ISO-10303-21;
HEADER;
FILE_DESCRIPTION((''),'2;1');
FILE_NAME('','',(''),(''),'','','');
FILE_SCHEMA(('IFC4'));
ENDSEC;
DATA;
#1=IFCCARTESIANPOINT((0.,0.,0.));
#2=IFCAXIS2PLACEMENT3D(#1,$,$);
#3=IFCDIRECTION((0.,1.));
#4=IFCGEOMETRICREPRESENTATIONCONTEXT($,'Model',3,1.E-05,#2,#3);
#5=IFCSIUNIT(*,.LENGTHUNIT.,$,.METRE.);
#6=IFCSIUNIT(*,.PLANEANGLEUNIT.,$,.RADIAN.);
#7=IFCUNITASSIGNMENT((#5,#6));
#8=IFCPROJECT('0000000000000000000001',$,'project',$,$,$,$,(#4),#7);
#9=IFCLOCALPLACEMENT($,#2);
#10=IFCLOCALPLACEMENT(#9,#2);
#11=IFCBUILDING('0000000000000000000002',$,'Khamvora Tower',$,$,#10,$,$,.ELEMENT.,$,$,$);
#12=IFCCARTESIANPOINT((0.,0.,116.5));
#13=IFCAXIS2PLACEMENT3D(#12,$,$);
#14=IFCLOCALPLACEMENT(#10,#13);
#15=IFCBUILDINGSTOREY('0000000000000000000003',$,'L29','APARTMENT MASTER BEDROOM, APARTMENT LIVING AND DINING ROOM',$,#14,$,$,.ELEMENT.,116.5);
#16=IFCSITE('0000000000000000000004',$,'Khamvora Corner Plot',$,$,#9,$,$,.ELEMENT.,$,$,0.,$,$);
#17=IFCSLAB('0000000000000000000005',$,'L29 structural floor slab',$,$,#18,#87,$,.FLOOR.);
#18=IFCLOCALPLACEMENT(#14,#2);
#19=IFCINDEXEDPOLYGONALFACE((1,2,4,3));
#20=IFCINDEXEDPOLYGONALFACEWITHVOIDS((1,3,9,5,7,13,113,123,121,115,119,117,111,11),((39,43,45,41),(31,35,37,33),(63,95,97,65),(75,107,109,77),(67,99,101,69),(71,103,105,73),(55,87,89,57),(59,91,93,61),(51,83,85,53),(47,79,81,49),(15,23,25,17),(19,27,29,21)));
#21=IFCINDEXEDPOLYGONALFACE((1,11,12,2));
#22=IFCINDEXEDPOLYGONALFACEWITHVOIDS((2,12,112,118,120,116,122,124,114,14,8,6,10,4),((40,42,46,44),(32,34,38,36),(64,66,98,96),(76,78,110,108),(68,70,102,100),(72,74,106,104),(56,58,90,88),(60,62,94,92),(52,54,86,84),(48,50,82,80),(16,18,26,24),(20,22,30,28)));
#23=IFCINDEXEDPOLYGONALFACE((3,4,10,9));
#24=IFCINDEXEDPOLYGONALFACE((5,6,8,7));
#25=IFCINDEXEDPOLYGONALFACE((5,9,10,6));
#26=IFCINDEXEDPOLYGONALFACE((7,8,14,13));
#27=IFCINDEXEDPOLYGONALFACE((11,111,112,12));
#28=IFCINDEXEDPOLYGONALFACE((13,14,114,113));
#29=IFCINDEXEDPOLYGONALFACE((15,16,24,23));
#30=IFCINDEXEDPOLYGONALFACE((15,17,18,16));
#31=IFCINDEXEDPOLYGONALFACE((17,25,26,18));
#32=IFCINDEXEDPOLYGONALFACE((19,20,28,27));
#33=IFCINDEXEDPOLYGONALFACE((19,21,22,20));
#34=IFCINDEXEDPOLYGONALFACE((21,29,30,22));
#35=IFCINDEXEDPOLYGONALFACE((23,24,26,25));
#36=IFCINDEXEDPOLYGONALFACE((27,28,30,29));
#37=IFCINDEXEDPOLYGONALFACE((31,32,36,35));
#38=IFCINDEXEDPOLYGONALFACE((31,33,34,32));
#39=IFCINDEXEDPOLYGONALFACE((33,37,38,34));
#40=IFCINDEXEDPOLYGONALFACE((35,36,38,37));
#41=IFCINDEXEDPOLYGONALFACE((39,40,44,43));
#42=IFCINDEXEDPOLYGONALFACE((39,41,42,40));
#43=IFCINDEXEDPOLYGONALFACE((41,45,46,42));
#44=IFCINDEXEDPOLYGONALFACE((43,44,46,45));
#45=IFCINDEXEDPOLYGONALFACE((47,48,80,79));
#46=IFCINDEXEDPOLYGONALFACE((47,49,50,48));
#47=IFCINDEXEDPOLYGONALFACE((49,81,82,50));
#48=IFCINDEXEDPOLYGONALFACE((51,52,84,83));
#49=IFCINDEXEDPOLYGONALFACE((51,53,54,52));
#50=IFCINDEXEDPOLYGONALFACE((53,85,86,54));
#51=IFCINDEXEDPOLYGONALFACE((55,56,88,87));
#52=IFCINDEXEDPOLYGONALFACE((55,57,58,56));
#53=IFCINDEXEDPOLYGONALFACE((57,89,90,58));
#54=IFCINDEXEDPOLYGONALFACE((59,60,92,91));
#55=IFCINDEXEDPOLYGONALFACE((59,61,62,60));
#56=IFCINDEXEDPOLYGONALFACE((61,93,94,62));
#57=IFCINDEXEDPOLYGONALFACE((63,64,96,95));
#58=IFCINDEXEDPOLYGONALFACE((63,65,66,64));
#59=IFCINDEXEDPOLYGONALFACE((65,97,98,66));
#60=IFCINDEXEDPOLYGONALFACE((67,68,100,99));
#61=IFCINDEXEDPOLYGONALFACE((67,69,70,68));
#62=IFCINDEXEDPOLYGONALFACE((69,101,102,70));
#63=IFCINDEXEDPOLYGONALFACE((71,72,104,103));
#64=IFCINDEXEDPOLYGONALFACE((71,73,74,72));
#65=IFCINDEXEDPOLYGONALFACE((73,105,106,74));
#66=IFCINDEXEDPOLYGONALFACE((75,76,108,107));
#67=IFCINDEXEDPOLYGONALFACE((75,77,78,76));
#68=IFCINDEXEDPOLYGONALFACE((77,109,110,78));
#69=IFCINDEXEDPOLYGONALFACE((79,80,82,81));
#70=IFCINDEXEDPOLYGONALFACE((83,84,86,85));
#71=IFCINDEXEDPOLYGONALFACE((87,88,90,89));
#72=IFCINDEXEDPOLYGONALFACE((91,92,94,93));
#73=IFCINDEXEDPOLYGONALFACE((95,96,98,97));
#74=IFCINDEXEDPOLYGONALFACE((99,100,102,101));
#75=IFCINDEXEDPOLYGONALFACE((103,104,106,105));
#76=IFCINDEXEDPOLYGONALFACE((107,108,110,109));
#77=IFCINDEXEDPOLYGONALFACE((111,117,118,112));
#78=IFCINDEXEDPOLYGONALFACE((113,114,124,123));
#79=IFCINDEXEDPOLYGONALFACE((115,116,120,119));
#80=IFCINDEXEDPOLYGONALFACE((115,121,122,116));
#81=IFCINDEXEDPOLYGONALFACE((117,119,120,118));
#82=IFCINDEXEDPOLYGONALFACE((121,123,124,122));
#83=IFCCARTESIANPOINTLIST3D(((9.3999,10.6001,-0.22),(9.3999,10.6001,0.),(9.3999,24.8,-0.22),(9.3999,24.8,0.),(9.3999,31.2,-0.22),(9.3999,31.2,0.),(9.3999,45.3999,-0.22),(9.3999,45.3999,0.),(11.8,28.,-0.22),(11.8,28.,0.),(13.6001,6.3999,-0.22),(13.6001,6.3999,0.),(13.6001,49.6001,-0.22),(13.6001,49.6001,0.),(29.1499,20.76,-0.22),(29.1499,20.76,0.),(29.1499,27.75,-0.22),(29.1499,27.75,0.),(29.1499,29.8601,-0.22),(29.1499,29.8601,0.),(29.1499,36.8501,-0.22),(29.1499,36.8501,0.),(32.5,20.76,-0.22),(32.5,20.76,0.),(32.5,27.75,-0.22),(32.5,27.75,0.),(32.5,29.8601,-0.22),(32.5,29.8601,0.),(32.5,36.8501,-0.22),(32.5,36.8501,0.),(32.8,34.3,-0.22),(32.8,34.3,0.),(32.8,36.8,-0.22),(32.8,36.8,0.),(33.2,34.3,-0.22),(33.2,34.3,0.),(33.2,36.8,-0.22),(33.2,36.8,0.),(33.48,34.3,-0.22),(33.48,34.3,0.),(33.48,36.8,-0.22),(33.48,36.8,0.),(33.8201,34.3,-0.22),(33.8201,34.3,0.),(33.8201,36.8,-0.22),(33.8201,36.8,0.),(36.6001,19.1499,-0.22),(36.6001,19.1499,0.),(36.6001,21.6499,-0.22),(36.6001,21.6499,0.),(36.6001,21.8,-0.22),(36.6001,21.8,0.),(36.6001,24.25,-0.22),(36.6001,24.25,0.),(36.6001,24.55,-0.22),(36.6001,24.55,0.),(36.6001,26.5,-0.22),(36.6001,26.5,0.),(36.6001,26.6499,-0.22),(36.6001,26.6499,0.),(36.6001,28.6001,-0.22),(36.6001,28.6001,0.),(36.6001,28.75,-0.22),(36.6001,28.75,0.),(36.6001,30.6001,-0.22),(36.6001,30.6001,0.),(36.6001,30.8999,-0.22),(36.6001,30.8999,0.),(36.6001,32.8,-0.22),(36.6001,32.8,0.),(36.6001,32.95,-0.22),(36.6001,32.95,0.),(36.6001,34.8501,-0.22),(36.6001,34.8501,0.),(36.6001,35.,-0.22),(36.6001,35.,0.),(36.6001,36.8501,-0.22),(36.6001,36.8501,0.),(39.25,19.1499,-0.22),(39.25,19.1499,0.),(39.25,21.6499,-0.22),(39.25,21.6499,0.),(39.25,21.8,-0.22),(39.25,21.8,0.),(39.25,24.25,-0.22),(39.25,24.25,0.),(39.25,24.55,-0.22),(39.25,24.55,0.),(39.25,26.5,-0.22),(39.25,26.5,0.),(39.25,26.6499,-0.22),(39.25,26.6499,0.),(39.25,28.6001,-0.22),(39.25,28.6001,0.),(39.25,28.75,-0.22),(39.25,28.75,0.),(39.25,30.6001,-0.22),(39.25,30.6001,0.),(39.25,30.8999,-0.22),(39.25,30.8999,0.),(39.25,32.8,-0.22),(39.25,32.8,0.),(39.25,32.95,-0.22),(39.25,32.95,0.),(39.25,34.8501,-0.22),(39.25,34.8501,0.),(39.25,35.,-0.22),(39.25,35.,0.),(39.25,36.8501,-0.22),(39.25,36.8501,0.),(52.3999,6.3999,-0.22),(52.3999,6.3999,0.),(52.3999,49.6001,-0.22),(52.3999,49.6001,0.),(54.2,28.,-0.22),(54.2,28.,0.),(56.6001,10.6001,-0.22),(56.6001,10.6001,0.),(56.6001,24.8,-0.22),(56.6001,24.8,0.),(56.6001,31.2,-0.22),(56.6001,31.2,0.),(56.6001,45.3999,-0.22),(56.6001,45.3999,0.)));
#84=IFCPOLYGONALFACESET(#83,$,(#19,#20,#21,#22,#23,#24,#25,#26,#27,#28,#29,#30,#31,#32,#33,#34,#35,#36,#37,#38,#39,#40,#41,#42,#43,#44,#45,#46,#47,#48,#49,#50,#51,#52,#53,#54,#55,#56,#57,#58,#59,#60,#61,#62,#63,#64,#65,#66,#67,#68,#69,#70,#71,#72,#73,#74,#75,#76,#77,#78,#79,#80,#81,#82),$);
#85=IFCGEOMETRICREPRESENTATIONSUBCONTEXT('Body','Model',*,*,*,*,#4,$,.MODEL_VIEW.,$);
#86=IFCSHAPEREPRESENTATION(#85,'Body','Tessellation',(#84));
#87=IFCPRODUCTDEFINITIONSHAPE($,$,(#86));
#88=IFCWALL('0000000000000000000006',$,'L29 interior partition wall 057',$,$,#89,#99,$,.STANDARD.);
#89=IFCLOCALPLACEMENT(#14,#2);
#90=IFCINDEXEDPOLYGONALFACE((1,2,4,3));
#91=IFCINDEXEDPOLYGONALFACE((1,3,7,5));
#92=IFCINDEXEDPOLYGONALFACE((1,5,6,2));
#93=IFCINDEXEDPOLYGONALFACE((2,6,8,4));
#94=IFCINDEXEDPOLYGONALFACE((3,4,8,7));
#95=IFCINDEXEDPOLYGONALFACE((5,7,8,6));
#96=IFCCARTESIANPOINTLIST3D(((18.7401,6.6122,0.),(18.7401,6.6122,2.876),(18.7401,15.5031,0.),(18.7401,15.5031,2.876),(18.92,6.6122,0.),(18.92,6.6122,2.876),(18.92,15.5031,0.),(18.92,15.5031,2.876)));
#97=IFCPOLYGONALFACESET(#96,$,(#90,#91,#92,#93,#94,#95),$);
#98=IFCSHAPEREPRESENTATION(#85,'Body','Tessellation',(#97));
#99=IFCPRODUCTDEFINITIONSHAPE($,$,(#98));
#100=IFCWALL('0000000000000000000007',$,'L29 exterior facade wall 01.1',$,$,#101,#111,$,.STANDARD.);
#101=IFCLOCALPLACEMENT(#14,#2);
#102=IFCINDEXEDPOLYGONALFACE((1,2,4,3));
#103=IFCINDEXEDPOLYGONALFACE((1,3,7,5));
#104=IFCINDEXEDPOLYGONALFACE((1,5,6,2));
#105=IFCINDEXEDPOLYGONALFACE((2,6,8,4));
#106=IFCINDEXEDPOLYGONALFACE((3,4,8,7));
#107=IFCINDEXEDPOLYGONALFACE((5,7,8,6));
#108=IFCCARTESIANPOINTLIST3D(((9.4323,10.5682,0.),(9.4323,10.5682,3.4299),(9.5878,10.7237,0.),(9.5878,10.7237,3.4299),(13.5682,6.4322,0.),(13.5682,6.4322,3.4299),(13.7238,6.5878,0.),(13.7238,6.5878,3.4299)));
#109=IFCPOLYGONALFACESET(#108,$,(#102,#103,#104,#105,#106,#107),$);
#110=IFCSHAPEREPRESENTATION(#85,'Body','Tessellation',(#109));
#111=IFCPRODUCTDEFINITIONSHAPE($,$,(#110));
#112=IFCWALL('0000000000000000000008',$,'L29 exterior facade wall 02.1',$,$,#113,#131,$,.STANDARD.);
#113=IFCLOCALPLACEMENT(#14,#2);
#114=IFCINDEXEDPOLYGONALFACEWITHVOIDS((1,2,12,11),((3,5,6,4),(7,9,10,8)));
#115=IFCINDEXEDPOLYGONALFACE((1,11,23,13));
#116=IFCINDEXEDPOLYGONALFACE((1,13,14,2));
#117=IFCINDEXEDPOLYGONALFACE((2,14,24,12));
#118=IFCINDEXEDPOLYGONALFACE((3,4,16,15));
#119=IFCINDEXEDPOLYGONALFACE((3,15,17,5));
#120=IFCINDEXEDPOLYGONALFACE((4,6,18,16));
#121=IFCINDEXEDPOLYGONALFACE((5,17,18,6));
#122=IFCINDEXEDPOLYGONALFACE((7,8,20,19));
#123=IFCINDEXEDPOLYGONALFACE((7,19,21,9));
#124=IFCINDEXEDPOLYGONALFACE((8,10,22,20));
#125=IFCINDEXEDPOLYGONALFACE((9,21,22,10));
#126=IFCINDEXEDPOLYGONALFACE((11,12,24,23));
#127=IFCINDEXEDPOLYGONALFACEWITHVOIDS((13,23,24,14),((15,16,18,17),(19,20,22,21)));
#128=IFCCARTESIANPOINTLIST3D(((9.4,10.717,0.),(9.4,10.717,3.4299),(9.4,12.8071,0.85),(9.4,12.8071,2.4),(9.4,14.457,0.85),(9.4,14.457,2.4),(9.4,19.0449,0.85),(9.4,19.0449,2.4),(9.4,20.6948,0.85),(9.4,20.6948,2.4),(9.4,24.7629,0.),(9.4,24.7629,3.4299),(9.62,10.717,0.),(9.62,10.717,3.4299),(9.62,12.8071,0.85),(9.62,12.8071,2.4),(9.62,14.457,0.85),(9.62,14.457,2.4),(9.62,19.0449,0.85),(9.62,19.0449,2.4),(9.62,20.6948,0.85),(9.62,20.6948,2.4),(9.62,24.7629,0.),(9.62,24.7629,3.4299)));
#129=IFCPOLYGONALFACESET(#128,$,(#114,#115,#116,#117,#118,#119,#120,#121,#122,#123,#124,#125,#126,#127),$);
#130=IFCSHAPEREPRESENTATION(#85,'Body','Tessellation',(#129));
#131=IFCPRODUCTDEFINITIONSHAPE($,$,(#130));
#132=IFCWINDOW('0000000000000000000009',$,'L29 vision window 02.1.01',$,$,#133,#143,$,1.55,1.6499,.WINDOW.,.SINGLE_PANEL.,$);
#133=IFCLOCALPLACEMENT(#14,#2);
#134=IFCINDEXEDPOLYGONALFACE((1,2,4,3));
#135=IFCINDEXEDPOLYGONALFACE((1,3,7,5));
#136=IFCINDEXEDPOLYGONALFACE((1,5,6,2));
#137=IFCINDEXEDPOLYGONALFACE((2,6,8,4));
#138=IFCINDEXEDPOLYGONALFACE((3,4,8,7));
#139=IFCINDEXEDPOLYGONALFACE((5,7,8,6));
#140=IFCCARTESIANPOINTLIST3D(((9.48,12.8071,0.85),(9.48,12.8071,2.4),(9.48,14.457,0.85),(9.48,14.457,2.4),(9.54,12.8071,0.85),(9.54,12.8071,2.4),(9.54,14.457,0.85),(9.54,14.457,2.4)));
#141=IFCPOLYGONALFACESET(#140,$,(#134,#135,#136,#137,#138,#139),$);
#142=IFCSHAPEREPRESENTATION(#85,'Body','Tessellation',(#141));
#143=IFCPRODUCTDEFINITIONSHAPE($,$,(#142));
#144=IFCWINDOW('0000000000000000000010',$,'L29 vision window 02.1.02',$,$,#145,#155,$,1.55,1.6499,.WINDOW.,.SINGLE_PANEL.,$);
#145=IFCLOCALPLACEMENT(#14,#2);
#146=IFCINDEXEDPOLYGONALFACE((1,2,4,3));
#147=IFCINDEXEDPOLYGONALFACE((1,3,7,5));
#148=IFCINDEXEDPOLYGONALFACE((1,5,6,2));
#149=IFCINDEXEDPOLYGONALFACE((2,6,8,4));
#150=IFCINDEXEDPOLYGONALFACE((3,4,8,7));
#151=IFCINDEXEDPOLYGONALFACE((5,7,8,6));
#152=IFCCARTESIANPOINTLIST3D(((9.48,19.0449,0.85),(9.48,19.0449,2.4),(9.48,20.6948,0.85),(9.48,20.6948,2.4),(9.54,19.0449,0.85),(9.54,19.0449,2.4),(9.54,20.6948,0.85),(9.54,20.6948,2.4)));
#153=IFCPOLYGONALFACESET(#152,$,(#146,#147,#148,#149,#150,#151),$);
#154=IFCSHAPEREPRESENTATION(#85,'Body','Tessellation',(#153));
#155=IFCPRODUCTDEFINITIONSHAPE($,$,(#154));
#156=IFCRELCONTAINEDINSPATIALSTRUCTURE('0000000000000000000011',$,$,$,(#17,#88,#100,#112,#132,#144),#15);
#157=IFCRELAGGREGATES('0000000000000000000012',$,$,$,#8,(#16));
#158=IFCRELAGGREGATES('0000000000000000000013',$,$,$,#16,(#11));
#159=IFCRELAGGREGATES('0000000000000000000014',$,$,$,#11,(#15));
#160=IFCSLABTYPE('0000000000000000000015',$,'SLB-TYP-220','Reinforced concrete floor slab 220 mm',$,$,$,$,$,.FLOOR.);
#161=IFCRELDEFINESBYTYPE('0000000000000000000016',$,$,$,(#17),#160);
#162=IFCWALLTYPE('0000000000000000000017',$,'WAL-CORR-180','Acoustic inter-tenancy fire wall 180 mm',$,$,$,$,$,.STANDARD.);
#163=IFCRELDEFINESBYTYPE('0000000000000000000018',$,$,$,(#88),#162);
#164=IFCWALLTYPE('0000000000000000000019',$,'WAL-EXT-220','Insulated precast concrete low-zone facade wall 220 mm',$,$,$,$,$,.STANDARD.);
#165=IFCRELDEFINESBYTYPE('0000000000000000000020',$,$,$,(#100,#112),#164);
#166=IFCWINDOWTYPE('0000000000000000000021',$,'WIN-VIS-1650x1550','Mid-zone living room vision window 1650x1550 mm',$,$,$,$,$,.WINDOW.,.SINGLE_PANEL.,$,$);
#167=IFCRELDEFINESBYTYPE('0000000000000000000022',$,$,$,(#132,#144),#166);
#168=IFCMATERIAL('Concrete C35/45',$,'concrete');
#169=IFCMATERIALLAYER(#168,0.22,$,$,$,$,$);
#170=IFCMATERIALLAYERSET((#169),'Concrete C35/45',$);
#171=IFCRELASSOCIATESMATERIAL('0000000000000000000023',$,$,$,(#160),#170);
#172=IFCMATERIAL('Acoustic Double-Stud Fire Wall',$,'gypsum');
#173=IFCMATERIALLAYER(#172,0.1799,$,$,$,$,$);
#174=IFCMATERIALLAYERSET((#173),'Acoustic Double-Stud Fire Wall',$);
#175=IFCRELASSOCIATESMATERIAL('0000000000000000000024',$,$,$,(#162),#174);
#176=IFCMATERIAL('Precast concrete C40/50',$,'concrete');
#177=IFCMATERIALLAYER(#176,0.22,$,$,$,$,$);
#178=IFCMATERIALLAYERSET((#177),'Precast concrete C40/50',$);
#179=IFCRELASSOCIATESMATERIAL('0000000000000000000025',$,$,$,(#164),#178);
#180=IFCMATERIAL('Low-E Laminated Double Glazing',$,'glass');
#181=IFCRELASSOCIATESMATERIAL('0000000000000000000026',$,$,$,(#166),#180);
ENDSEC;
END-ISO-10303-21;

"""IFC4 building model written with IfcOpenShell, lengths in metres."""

from ifc_helpers import new_model, si_unit, direction, frame, frame_2d, origin, place, context, subcontext, project, spatial, polyline, rectangle, outline, extrude, material, layer, layer_set, type_object, element, fill, save


model = new_model("IFC4")

# Units and contexts
model_context = context("Model", 3, precision=1e-05, world=origin(), true_north=direction((0.0, 1.0)))
body_context = subcontext(model_context, "Body", "Model", "MODEL_VIEW")
ifc_project = project(units=[si_unit("LENGTHUNIT", "METRE"), si_unit("PLANEANGLEUNIT", "RADIAN")], contexts=[model_context])

# Site, building, storey
site_placement = place(None, origin())
site = spatial("IfcSite", under=ifc_project, at=site_placement, Name="Khamvora Corner Plot", CompositionType="ELEMENT", RefElevation=0.0)
building_placement = place(site_placement, origin())
building = spatial("IfcBuilding", under=site, at=building_placement, Name="Khamvora Tower", CompositionType="ELEMENT")
storey_placement = place(building_placement, frame((0.0, 0.0, 116.5)))
storey = spatial("IfcBuildingStorey", under=building, at=storey_placement, Name="L29", Description="APARTMENT MASTER BEDROOM, APARTMENT LIVING AND DINING ROOM", CompositionType="ELEMENT", Elevation=116.5)

# Slab
ifc_material_1 = material(Name="Concrete C35/45", Category="concrete")
ifc_layer_1 = layer(ifc_material_1, 0.22)
ifc_layer_set_1 = layer_set([ifc_layer_1], Name="Concrete C35/45")
slab_type_1 = type_object("IfcSlabType", Name="SLB-TYP-220", Description="Reinforced concrete floor slab 220 mm", PredefinedType="FLOOR", material=ifc_layer_set_1)
slab_1_placement = place(storey_placement, frame((0.0, 0.0, -0.22)))
element("IfcSlab", 1, at=slab_1_placement, inside=storey, type_object=slab_type_1, Name="L29 structural floor slab", PredefinedType="FLOOR", context=body_context, shape_type="SweptSolid", body=[
    extrude(outline(polyline([(13.6001, 6.3999), (52.3999, 6.3999), (56.6001, 10.6001), (56.6001, 24.8), (54.2, 28.0), (56.6001, 31.2), (56.6001, 45.3999), (52.3999, 49.6001), (13.6001, 49.6001), (9.3999, 45.3999), (9.3999, 31.2), (11.8, 28.0), (9.3999, 24.8), (9.3999, 10.6001), (13.6001, 6.3999)]), holes=[polyline([(32.5, 20.76), (32.5, 27.75), (29.1499, 27.75), (29.1499, 20.76), (32.5, 20.76)]), polyline([(32.5, 29.8601), (32.5, 36.8501), (29.1499, 36.8501), (29.1499, 29.8601), (32.5, 29.8601)]), polyline([(36.6001, 19.1499), (39.25, 19.1499), (39.25, 21.6499), (36.6001, 21.6499), (36.6001, 19.1499)]), polyline([(36.6001, 21.8), (39.25, 21.8), (39.25, 24.25), (36.6001, 24.25), (36.6001, 21.8)]), polyline([(36.6001, 24.55), (39.25, 24.55), (39.25, 26.5), (36.6001, 26.5), (36.6001, 24.55)]), polyline([(36.6001, 26.6499), (39.25, 26.6499), (39.25, 28.6001), (36.6001, 28.6001), (36.6001, 26.6499)]), polyline([(36.6001, 28.75), (39.25, 28.75), (39.25, 30.6001), (36.6001, 30.6001), (36.6001, 28.75)]), polyline([(36.6001, 30.8999), (39.25, 30.8999), (39.25, 32.8), (36.6001, 32.8), (36.6001, 30.8999)]), polyline([(36.6001, 32.95), (39.25, 32.95), (39.25, 34.8501), (36.6001, 34.8501), (36.6001, 32.95)]), polyline([(36.6001, 35.0), (39.25, 35.0), (39.25, 36.8501), (36.6001, 36.8501), (36.6001, 35.0)]), polyline([(32.8, 34.3), (33.2, 34.3), (33.2, 36.8), (32.8, 36.8), (32.8, 34.3)]), polyline([(33.48, 34.3), (33.8201, 34.3), (33.8201, 36.8), (33.48, 36.8), (33.48, 34.3)])]), origin(), (0.0, 0.0, 1.0), 0.22),
])

# Walls
ifc_material_2 = material(Name="Acoustic Double-Stud Fire Wall", Category="gypsum")
ifc_layer_2 = layer(ifc_material_2, 0.1799)
ifc_layer_set_2 = layer_set([ifc_layer_2], Name="Acoustic Double-Stud Fire Wall")
wall_type_1 = type_object("IfcWallType", Name="WAL-CORR-180", Description="Acoustic inter-tenancy fire wall 180 mm", PredefinedType="STANDARD", material=ifc_layer_set_2)
wall_1_placement = place(storey_placement, frame((18.8301, 15.5029, 0.0), z_axis=(0.0, 0.0, 1.0), x_axis=(0.0, -1.0, 0.0)))
element("IfcWall", 2, at=wall_1_placement, inside=storey, type_object=wall_type_1, Name="L29 interior partition wall 057", PredefinedType="STANDARD", context=body_context, shape_type="SweptSolid", body=[
    extrude(rectangle(XDim=8.8909, YDim=0.1799, at=frame_2d((4.4453, 0.0))), origin(), (0.0, 0.0, 1.0), 2.876),
])
ifc_material_3 = material(Name="Precast concrete C40/50", Category="concrete")
ifc_layer_3 = layer(ifc_material_3, 0.22)
ifc_layer_set_3 = layer_set([ifc_layer_3], Name="Precast concrete C40/50")
wall_type_2 = type_object("IfcWallType", Name="WAL-EXT-220", Description="Insulated precast concrete low-zone facade wall 220 mm", PredefinedType="STANDARD", material=ifc_layer_set_3)
wall_2_placement = place(storey_placement, frame((13.646, 6.51, 0.0), z_axis=(0.0, 0.0, 1.0), x_axis=(-0.707107, 0.707107, 0.0)))
element("IfcWall", 3, at=wall_2_placement, inside=storey, type_object=wall_type_2, Name="L29 exterior facade wall 01.1", PredefinedType="STANDARD", context=body_context, shape_type="SweptSolid", body=[
    extrude(rectangle(XDim=5.8491, YDim=0.22, at=frame_2d((2.9246, 0.0))), origin(), (0.0, 0.0, 1.0), 3.4299),
])

# Wall, openings, windows
wall_3_placement = place(storey_placement, frame((9.51, 10.717, 0.0), z_axis=(0.0, 0.0, 1.0), x_axis=(0.0, 1.0, 0.0)))
wall_3 = element("IfcWall", 4, at=wall_3_placement, inside=storey, type_object=wall_type_2, Name="L29 exterior facade wall 02.1", PredefinedType="STANDARD", context=body_context, shape_type="SweptSolid", body=[
    extrude(rectangle(XDim=14.0459, YDim=0.22, at=frame_2d((7.0229, 0.0))), origin(), (0.0, 0.0, 1.0), 3.4299),
])
opening_1_placement = place(wall_3_placement, frame((2.0901, 0.0, 0.8501)))
opening_1 = element("IfcOpeningElement", 5, at=opening_1_placement, cuts=wall_3, PredefinedType="OPENING", context=body_context, shape_type="SweptSolid", body=[
    extrude(rectangle(XDim=1.6499, YDim=1.55, at=frame_2d((0.825, 0.7749))), frame((0.0, 0.1199, 0.0), z_axis=(0.0, -1.0, 0.0), x_axis=(1.0, 0.0, 0.0)), (0.0, 0.0, 1.0), 0.24),
])
opening_2_placement = place(wall_3_placement, frame((8.3279, 0.0, 0.8501)))
opening_2 = element("IfcOpeningElement", 6, at=opening_2_placement, cuts=wall_3, PredefinedType="OPENING", context=body_context, shape_type="SweptSolid", body=[
    extrude(rectangle(XDim=1.6499, YDim=1.55, at=frame_2d((0.825, 0.7749))), frame((0.0, 0.1199, 0.0), z_axis=(0.0, -1.0, 0.0), x_axis=(1.0, 0.0, 0.0)), (0.0, 0.0, 1.0), 0.24),
])
ifc_material_4 = material(Name="Low-E Laminated Double Glazing", Category="glass")
window_type = type_object("IfcWindowType", Name="WIN-VIS-1650x1550", Description="Mid-zone living room vision window 1650x1550 mm", PartitioningType="SINGLE_PANEL", PredefinedType="WINDOW", material=ifc_material_4)
window_1_placement = place(opening_1_placement, origin())
window_1 = element("IfcWindow", 7, at=window_1_placement, inside=storey, type_object=window_type, Name="L29 vision window 02.1.01", OverallHeight=1.55, OverallWidth=1.6499, PartitioningType="SINGLE_PANEL", PredefinedType="WINDOW", context=body_context, shape_type="SweptSolid", body=[
    extrude(rectangle(XDim=1.6499, YDim=1.55, at=frame_2d((0.825, 0.7749))), frame((0.0, 0.03, 0.0), z_axis=(0.0, -1.0, 0.0), x_axis=(1.0, 0.0, 0.0)), (0.0, 0.0, 1.0), 0.0601),
])
fill(opening_1, window_1)
window_2_placement = place(opening_2_placement, origin())
window_2 = element("IfcWindow", 8, at=window_2_placement, inside=storey, type_object=window_type, Name="L29 vision window 02.1.02", OverallHeight=1.55, OverallWidth=1.6499, PartitioningType="SINGLE_PANEL", PredefinedType="WINDOW", context=body_context, shape_type="SweptSolid", body=[
    extrude(rectangle(XDim=1.6499, YDim=1.55, at=frame_2d((0.825, 0.7749))), frame((0.0, 0.03, 0.0), z_axis=(0.0, -1.0, 0.0), x_axis=(1.0, 0.0, 0.0)), (0.0, 0.0, 1.0), 0.0601),
])
fill(opening_2, window_2)

save(model, "model.ifc")
